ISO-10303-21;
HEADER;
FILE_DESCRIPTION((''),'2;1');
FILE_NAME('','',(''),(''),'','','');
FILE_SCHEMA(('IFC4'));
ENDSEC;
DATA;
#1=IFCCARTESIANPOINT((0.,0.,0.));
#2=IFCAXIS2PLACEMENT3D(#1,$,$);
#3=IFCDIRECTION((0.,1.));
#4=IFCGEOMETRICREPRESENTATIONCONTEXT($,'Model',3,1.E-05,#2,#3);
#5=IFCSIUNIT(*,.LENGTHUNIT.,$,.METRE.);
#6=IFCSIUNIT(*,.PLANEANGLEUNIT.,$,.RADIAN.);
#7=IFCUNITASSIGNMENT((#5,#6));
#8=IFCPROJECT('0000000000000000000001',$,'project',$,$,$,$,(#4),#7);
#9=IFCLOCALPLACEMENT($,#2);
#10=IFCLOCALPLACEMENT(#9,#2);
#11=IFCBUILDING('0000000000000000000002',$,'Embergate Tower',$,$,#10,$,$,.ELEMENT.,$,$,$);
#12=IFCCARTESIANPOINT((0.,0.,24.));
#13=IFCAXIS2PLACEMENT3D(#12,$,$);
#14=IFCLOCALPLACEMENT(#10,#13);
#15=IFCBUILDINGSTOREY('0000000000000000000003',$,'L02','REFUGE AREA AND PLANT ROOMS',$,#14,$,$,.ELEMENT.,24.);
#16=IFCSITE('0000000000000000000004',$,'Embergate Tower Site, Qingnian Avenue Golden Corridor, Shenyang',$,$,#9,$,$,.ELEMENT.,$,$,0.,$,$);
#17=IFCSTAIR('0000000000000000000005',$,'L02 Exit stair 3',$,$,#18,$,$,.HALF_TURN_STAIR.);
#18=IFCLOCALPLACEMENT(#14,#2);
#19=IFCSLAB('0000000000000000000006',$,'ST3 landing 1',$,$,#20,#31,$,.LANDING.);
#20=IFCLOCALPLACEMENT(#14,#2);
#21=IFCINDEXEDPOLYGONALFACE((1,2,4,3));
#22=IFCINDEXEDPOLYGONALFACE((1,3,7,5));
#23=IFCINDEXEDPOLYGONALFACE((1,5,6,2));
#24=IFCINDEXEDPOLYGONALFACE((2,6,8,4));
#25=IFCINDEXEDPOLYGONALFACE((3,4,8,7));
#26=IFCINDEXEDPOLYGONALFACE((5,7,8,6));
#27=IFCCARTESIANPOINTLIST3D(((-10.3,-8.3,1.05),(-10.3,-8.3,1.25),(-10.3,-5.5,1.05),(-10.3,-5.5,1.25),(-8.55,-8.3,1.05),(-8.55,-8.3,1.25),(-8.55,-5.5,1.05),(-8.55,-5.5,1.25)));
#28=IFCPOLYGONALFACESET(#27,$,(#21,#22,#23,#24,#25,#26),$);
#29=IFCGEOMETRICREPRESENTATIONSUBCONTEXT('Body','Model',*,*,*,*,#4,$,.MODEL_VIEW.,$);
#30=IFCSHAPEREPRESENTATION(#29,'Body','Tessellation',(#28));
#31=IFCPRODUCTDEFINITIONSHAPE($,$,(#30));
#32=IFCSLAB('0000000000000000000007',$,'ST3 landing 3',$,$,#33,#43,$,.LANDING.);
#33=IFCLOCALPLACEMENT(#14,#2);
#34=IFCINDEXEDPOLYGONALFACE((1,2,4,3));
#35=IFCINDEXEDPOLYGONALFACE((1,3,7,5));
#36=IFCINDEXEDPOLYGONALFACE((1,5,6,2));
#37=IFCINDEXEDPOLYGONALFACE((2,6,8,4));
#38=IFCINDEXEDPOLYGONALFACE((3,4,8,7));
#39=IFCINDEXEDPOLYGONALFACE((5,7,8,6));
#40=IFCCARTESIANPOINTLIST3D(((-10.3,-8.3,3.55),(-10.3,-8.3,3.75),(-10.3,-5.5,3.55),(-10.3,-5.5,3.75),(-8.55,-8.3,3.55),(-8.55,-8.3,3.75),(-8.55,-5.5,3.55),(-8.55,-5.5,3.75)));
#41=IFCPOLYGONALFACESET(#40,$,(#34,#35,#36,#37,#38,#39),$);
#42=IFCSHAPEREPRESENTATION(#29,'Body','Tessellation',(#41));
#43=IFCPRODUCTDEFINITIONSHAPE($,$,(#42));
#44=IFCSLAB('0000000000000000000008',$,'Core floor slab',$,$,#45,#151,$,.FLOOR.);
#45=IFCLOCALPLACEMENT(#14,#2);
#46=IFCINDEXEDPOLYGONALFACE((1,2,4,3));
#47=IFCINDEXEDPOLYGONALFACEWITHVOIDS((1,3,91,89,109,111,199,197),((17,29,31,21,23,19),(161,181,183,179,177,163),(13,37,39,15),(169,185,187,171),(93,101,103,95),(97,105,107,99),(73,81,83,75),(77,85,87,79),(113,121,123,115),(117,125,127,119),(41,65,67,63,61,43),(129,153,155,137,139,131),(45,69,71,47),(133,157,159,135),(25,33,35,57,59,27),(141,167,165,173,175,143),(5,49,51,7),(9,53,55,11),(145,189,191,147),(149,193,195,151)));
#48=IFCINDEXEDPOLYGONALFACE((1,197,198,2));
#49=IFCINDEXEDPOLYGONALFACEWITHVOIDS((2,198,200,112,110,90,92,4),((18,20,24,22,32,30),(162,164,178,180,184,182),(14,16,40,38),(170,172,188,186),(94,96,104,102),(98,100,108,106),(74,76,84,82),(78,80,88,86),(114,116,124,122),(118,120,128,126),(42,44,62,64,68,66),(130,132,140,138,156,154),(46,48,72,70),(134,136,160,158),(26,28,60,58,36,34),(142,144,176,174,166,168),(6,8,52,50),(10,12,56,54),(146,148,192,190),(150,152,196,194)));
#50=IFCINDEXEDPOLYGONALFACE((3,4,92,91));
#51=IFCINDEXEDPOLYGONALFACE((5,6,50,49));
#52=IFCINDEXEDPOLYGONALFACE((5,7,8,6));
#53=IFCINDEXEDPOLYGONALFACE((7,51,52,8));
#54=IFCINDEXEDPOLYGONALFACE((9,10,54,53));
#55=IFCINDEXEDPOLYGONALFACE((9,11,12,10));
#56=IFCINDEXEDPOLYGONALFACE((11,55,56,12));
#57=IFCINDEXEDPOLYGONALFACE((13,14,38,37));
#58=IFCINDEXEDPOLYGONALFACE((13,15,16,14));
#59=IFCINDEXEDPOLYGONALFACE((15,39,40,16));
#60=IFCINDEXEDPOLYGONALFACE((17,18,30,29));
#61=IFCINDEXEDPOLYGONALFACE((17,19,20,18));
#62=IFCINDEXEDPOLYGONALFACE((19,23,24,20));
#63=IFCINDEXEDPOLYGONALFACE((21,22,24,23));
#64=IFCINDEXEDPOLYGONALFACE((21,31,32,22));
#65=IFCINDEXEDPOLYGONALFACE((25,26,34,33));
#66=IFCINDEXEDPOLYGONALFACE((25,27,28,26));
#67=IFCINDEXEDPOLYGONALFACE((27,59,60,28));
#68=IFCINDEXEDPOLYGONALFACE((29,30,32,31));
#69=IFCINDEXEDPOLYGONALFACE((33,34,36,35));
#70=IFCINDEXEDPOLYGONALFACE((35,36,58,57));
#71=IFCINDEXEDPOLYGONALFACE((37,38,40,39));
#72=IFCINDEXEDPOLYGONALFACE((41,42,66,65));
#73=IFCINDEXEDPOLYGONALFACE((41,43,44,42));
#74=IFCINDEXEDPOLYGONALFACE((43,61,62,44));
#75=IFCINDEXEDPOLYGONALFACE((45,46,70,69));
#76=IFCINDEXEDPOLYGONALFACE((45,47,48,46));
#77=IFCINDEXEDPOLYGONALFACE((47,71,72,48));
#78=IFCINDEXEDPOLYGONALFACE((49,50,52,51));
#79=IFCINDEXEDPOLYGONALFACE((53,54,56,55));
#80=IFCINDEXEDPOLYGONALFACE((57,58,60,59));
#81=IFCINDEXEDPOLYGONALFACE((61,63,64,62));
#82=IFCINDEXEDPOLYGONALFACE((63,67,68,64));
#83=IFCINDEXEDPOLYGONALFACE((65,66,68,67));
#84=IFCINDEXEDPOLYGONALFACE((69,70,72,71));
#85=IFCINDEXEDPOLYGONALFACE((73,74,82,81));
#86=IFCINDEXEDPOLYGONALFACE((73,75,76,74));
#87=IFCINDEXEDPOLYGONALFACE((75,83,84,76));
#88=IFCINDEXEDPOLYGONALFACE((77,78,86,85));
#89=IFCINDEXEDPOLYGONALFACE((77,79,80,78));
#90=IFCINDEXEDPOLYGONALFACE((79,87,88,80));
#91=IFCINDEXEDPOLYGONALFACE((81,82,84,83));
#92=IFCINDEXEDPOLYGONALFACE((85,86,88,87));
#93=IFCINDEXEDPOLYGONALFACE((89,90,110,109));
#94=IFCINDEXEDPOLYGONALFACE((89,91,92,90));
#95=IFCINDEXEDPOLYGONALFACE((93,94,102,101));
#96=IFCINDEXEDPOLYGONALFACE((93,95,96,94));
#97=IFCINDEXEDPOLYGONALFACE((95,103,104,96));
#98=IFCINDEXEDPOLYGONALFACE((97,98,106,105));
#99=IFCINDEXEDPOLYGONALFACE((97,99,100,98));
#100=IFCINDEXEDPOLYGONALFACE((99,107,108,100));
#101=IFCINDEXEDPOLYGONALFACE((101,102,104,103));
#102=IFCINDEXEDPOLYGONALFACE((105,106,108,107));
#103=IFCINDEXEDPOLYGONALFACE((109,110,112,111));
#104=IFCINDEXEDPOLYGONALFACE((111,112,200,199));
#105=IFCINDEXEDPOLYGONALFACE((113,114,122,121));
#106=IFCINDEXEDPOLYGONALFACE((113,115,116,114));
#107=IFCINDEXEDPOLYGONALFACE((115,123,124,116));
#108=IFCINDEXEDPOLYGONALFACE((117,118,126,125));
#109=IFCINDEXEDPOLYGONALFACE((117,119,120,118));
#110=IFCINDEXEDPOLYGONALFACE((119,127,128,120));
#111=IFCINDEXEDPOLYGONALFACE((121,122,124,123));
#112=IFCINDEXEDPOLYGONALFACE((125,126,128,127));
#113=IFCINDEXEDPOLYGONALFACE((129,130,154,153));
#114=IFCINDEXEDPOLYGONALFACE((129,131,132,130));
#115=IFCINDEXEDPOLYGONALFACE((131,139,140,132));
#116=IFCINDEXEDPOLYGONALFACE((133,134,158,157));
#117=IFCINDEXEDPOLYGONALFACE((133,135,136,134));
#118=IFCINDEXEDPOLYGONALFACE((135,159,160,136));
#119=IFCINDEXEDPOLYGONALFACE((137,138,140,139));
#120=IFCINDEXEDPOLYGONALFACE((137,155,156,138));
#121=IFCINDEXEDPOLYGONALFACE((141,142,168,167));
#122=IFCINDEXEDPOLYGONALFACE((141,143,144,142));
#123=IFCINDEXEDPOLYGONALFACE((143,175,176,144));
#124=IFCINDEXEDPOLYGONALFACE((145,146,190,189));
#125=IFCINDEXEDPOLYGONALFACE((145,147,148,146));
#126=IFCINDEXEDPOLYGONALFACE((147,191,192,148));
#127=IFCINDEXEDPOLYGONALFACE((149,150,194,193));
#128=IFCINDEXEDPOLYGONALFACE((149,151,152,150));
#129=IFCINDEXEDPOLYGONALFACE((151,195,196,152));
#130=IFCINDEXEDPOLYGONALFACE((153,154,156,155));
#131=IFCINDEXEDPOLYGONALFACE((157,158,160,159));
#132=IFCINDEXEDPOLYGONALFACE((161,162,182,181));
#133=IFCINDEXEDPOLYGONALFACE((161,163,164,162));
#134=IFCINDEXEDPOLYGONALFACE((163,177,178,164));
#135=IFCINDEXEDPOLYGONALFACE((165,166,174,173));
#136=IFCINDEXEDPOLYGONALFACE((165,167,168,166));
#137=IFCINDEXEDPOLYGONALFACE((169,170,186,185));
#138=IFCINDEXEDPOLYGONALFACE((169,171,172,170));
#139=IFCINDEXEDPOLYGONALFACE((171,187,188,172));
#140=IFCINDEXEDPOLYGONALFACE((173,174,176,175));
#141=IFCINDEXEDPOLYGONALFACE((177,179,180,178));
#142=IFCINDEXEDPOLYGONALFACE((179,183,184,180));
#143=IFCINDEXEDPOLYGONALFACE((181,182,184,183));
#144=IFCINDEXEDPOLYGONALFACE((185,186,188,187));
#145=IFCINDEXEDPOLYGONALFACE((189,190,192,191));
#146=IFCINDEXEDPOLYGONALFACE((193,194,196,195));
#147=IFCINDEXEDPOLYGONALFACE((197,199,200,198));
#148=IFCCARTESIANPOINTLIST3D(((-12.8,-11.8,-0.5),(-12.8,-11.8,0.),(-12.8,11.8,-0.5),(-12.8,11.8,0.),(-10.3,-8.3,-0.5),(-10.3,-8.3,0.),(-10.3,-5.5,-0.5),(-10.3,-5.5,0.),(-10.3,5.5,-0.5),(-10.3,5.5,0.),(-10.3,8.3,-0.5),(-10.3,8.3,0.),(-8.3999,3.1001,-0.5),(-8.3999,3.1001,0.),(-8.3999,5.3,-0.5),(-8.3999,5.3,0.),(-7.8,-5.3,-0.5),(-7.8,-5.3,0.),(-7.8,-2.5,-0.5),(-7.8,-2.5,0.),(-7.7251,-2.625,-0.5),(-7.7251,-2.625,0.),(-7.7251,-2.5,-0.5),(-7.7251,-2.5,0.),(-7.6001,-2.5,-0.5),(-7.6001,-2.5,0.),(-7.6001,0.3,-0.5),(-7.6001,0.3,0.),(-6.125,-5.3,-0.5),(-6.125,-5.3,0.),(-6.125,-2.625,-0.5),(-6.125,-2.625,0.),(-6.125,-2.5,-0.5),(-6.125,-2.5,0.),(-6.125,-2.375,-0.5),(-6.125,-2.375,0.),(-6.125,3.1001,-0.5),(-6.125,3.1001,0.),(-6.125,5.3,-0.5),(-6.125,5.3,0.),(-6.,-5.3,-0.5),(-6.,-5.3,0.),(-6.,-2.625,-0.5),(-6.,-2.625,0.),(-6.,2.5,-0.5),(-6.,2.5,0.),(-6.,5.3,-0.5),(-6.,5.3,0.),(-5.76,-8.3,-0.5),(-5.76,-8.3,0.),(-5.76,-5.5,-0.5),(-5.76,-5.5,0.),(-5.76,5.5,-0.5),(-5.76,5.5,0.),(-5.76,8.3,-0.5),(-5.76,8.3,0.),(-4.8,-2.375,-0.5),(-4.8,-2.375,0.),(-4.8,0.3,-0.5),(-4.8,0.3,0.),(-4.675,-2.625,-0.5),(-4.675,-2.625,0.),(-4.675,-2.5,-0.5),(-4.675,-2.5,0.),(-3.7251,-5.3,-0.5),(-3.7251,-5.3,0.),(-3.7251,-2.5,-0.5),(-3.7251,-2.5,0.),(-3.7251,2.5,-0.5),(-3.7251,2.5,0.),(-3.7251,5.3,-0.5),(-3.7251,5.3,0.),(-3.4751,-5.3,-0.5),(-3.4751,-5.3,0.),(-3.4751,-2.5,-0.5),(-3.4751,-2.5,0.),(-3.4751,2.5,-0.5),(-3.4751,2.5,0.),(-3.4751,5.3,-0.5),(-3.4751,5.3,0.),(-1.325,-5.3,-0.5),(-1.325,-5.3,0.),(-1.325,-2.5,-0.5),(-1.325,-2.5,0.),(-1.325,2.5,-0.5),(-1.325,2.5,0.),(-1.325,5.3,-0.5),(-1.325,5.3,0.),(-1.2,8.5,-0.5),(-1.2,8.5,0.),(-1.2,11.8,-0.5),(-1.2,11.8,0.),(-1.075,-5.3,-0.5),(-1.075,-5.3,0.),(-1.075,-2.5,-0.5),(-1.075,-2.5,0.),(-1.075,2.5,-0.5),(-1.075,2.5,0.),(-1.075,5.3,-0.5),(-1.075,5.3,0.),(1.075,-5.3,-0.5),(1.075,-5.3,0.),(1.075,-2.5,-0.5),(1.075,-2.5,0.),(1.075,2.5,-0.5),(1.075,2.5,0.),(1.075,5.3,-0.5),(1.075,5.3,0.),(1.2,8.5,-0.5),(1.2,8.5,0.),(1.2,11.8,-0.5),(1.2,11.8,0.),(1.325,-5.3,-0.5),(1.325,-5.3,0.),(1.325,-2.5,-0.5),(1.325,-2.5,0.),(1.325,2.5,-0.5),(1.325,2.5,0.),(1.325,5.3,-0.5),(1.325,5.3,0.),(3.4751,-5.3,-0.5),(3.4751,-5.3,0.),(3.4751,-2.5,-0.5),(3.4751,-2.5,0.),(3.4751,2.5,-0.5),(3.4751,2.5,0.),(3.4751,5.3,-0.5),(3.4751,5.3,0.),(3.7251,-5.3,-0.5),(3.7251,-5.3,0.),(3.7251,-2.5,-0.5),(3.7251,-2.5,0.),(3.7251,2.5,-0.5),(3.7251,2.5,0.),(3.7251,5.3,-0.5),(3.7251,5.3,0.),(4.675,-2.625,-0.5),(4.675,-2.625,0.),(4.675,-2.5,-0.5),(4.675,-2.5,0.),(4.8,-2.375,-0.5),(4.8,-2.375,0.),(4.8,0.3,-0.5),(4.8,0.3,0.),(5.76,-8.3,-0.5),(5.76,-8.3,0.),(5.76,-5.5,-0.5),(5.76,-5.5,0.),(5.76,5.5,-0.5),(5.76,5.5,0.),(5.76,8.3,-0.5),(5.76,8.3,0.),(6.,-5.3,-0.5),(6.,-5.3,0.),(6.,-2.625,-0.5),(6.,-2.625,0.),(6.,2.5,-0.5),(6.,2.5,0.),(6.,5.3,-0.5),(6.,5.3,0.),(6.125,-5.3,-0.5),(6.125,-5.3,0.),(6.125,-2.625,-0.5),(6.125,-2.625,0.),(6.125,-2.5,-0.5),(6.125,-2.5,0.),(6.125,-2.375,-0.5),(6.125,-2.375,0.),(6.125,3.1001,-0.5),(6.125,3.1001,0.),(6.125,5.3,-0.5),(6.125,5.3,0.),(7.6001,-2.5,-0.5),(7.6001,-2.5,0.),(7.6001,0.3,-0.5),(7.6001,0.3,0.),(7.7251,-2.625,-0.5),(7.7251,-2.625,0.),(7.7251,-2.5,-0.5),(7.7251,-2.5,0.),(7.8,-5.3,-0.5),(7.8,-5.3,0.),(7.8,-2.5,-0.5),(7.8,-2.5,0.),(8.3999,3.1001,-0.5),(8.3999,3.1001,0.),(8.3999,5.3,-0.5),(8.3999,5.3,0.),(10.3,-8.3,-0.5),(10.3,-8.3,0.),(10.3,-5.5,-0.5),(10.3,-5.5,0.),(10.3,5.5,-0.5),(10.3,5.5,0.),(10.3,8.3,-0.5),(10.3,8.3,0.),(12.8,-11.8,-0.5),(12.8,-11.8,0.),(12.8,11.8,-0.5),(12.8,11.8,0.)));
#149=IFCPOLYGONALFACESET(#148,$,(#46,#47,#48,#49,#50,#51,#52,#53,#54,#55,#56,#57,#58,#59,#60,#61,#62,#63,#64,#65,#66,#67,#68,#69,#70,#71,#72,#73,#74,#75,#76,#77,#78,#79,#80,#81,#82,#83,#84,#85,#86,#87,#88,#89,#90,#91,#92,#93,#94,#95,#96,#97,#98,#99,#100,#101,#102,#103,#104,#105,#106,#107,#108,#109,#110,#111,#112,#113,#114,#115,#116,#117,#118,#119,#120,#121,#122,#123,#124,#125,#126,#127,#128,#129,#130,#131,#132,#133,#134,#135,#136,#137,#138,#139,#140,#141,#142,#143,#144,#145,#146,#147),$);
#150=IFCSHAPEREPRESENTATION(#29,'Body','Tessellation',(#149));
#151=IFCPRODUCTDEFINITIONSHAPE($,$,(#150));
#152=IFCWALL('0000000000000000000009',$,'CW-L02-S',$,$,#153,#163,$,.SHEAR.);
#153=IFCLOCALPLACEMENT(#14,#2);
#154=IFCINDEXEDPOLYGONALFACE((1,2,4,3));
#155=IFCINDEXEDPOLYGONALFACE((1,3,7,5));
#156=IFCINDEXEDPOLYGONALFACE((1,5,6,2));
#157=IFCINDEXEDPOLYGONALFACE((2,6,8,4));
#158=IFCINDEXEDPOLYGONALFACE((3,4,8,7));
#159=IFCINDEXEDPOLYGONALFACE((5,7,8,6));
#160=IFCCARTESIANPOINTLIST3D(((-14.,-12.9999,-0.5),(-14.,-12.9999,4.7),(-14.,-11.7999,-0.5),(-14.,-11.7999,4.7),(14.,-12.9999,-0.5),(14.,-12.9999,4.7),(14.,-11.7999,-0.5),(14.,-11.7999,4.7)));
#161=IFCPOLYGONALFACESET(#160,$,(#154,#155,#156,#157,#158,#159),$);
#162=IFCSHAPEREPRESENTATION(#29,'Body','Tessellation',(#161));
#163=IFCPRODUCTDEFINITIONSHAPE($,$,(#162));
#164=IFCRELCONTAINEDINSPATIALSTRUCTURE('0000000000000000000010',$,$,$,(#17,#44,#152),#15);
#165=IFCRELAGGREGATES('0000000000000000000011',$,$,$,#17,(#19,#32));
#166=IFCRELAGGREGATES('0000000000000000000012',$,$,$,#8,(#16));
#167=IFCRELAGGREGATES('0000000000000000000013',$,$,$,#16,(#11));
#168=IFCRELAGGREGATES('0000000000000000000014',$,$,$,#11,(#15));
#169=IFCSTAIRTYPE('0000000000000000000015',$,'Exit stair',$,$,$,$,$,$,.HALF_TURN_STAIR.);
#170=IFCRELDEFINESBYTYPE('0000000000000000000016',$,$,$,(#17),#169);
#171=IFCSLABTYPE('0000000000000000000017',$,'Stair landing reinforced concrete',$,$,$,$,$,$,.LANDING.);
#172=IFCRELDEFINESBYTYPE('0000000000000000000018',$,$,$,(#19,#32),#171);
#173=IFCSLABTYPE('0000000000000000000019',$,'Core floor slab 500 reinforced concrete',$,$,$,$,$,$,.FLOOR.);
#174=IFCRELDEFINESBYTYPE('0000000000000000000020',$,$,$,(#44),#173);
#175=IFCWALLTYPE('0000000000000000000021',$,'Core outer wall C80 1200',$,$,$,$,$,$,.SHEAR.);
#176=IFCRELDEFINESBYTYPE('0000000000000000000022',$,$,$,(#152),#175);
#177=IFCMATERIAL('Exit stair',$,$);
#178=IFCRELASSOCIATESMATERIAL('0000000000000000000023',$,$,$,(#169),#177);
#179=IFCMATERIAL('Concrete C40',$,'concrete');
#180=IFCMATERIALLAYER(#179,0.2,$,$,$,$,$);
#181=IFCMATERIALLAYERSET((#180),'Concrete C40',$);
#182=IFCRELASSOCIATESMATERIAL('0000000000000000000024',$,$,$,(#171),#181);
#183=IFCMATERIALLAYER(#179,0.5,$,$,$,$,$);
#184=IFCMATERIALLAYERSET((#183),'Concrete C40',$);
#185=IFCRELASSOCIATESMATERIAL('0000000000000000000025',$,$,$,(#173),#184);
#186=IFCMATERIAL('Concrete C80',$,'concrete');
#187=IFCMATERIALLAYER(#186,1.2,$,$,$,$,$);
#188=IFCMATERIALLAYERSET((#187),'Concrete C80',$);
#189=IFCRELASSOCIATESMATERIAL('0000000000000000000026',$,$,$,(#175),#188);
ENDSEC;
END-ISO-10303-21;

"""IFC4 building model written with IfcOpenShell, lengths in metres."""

from ifc_helpers import new_model, si_unit, direction, frame, frame_2d, origin, place, context, subcontext, project, spatial, polyline, rectangle, outline, extrude, source, transform, mapped, material, layer, layer_set, type_object, element, aggregate, save


model = new_model("IFC4")

# Units and contexts
model_context = context("Model", 3, precision=1e-05, world=origin(), true_north=direction((0.0, 1.0)))
body_context = subcontext(model_context, "Body", "Model", "MODEL_VIEW")
ifc_project = project(units=[si_unit("LENGTHUNIT", "METRE"), si_unit("PLANEANGLEUNIT", "RADIAN")], contexts=[model_context])

# Site, building, storey
site_placement = place(None, origin())
site = spatial("IfcSite", under=ifc_project, at=site_placement, Name="Embergate Tower Site, Qingnian Avenue Golden Corridor, Shenyang", CompositionType="ELEMENT", RefElevation=0.0)
building_placement = place(site_placement, origin())
building = spatial("IfcBuilding", under=site, at=building_placement, Name="Embergate Tower", CompositionType="ELEMENT")
storey_placement = place(building_placement, frame((0.0, 0.0, 24.0)))
storey = spatial("IfcBuildingStorey", under=building, at=storey_placement, Name="L02", Description="REFUGE AREA AND PLANT ROOMS", CompositionType="ELEMENT", Elevation=24.0)

# Stair, slabs
ifc_material_1 = material(Name="Exit stair")
stair_type = type_object("IfcStairType", Name="Exit stair", PredefinedType="HALF_TURN_STAIR", material=ifc_material_1)
stair_placement = place(storey_placement, origin())
stair = element("IfcStair", 1, at=stair_placement, inside=storey, type_object=stair_type, Name="L02 Exit stair 3", PredefinedType="HALF_TURN_STAIR")
ifc_material_2 = material(Name="Concrete C40", Category="concrete")
ifc_layer_1 = layer(ifc_material_2, 0.2)
ifc_layer_set_1 = layer_set([ifc_layer_1], Name="Concrete C40")
slab_type_1 = type_object("IfcSlabType", Name="Stair landing reinforced concrete", PredefinedType="LANDING", material=ifc_layer_set_1)
shared_shape_1 = source(origin(), body_context, "Body", "SweptSolid", [
    extrude(outline(polyline([(0.0, 0.0), (1.75, 0.0), (1.75, 2.8), (0.0, 2.8), (0.0, 0.0)])), origin(), (0.0, 0.0, 1.0), 0.2),
])
slab_1_placement = place(storey_placement, frame((-10.3, -8.3, 1.05)))
slab_1 = element("IfcSlab", 2, at=slab_1_placement, type_object=slab_type_1, Name="ST3 landing 1", PredefinedType="LANDING", context=body_context, shape_type="MappedRepresentation", body=[
    mapped(shared_shape_1, transform((0.0, 0.0, 0.0))),
])
slab_2_placement = place(storey_placement, frame((-10.3, -8.3, 3.55)))
slab_2 = element("IfcSlab", 3, at=slab_2_placement, type_object=slab_type_1, Name="ST3 landing 3", PredefinedType="LANDING", context=body_context, shape_type="MappedRepresentation", body=[
    mapped(shared_shape_1, transform((0.0, 0.0, 0.0))),
])
aggregate(stair, [slab_1, slab_2])

# Slab
ifc_layer_2 = layer(ifc_material_2, 0.5)
ifc_layer_set_2 = layer_set([ifc_layer_2], Name="Concrete C40")
slab_type_2 = type_object("IfcSlabType", Name="Core floor slab 500 reinforced concrete", PredefinedType="FLOOR", material=ifc_layer_set_2)
shared_shape_2 = source(origin(), body_context, "Body", "SweptSolid", [
    extrude(outline(polyline([(0.0, 0.0), (25.6001, 0.0), (25.6001, 23.6001), (14.0, 23.6001), (14.0, 20.3), (11.6001, 20.3), (11.6001, 23.6001), (0.0, 23.6001), (0.0, 0.0)]), holes=[polyline([(2.5, 3.5), (2.5, 6.3), (7.04, 6.3), (7.04, 3.5), (2.5, 3.5)]), polyline([(18.5601, 3.5), (18.5601, 6.3), (23.1001, 6.3), (23.1001, 3.5), (18.5601, 3.5)]), polyline([(5.0, 6.5), (5.0, 9.3), (5.075, 9.3), (5.075, 9.175), (6.675, 9.175), (6.675, 6.5), (5.0, 6.5)]), polyline([(6.8, 6.5), (6.8, 9.175), (8.125, 9.175), (8.125, 9.3), (9.075, 9.3), (9.075, 6.5), (6.8, 6.5)]), polyline([(9.325, 6.5), (9.325, 9.3), (11.4751, 9.3), (11.4751, 6.5), (9.325, 6.5)]), polyline([(11.7251, 6.5), (11.7251, 9.3), (13.875, 9.3), (13.875, 6.5), (11.7251, 6.5)]), polyline([(14.125, 6.5), (14.125, 9.3), (16.2751, 9.3), (16.2751, 6.5), (14.125, 6.5)]), polyline([(16.5251, 6.5), (16.5251, 9.3), (17.4751, 9.3), (17.4751, 9.175), (18.8, 9.175), (18.8, 6.5), (16.5251, 6.5)]), polyline([(18.925, 6.5), (18.925, 9.175), (20.5251, 9.175), (20.5251, 9.3), (20.6001, 9.3), (20.6001, 6.5), (18.925, 6.5)]), polyline([(5.2, 9.3), (5.2, 12.1001), (8.0, 12.1001), (8.0, 9.425), (6.675, 9.425), (6.675, 9.3), (5.2, 9.3)]), polyline([(18.925, 9.3), (18.925, 9.425), (17.6001, 9.425), (17.6001, 12.1001), (20.4001, 12.1001), (20.4001, 9.3), (18.925, 9.3)]), polyline([(6.8, 14.3), (6.8, 17.1001), (9.075, 17.1001), (9.075, 14.3), (6.8, 14.3)]), polyline([(9.325, 14.3), (9.325, 17.1001), (11.4751, 17.1001), (11.4751, 14.3), (9.325, 14.3)]), polyline([(11.7251, 14.3), (11.7251, 17.1001), (13.875, 17.1001), (13.875, 14.3), (11.7251, 14.3)]), polyline([(14.125, 14.3), (14.125, 17.1001), (16.2751, 17.1001), (16.2751, 14.3), (14.125, 14.3)]), polyline([(16.5251, 14.3), (16.5251, 17.1001), (18.8, 17.1001), (18.8, 14.3), (16.5251, 14.3)]), polyline([(4.4001, 14.9001), (4.4001, 17.1001), (6.675, 17.1001), (6.675, 14.9001), (4.4001, 14.9001)]), polyline([(18.925, 14.9001), (18.925, 17.1001), (21.2, 17.1001), (21.2, 14.9001), (18.925, 14.9001)]), polyline([(2.5, 17.3), (2.5, 20.1001), (7.04, 20.1001), (7.04, 17.3), (2.5, 17.3)]), polyline([(18.5601, 17.3), (18.5601, 20.1001), (23.1001, 20.1001), (23.1001, 17.3), (18.5601, 17.3)])]), origin(), (0.0, 0.0, 1.0), 0.5),
])
slab_3_placement = place(storey_placement, frame((-12.8, -11.8, -0.5)))
element("IfcSlab", 4, at=slab_3_placement, inside=storey, type_object=slab_type_2, Name="Core floor slab", PredefinedType="FLOOR", context=body_context, shape_type="MappedRepresentation", body=[
    mapped(shared_shape_2, transform((0.0, 0.0, 0.0))),
])

# Wall
ifc_material_3 = material(Name="Concrete C80", Category="concrete")
ifc_layer_3 = layer(ifc_material_3, 1.2)
ifc_layer_set_3 = layer_set([ifc_layer_3], Name="Concrete C80")
wall_type_1 = type_object("IfcWallType", Name="Core outer wall C80 1200", PredefinedType="SHEAR", material=ifc_layer_set_3)
shared_shape_3 = source(origin(), body_context, "Body", "SweptSolid", [
    extrude(rectangle(XDim=28.0, YDim=1.2, at=frame_2d((14.0, 0.0))), origin(), (0.0, 0.0, 1.0), 5.2),
])
wall_1_placement = place(storey_placement, frame((-14.0, -12.3999, -0.5), z_axis=(0.0, 0.0, 1.0), x_axis=(1.0, 0.0, 0.0)))
element("IfcWall", 5, at=wall_1_placement, inside=storey, type_object=wall_type_1, Name="CW-L02-S", PredefinedType="SHEAR", context=body_context, shape_type="MappedRepresentation", body=[
    mapped(shared_shape_3, transform((0.0, 0.0, 0.0))),
])

save(model, "model.ifc")
